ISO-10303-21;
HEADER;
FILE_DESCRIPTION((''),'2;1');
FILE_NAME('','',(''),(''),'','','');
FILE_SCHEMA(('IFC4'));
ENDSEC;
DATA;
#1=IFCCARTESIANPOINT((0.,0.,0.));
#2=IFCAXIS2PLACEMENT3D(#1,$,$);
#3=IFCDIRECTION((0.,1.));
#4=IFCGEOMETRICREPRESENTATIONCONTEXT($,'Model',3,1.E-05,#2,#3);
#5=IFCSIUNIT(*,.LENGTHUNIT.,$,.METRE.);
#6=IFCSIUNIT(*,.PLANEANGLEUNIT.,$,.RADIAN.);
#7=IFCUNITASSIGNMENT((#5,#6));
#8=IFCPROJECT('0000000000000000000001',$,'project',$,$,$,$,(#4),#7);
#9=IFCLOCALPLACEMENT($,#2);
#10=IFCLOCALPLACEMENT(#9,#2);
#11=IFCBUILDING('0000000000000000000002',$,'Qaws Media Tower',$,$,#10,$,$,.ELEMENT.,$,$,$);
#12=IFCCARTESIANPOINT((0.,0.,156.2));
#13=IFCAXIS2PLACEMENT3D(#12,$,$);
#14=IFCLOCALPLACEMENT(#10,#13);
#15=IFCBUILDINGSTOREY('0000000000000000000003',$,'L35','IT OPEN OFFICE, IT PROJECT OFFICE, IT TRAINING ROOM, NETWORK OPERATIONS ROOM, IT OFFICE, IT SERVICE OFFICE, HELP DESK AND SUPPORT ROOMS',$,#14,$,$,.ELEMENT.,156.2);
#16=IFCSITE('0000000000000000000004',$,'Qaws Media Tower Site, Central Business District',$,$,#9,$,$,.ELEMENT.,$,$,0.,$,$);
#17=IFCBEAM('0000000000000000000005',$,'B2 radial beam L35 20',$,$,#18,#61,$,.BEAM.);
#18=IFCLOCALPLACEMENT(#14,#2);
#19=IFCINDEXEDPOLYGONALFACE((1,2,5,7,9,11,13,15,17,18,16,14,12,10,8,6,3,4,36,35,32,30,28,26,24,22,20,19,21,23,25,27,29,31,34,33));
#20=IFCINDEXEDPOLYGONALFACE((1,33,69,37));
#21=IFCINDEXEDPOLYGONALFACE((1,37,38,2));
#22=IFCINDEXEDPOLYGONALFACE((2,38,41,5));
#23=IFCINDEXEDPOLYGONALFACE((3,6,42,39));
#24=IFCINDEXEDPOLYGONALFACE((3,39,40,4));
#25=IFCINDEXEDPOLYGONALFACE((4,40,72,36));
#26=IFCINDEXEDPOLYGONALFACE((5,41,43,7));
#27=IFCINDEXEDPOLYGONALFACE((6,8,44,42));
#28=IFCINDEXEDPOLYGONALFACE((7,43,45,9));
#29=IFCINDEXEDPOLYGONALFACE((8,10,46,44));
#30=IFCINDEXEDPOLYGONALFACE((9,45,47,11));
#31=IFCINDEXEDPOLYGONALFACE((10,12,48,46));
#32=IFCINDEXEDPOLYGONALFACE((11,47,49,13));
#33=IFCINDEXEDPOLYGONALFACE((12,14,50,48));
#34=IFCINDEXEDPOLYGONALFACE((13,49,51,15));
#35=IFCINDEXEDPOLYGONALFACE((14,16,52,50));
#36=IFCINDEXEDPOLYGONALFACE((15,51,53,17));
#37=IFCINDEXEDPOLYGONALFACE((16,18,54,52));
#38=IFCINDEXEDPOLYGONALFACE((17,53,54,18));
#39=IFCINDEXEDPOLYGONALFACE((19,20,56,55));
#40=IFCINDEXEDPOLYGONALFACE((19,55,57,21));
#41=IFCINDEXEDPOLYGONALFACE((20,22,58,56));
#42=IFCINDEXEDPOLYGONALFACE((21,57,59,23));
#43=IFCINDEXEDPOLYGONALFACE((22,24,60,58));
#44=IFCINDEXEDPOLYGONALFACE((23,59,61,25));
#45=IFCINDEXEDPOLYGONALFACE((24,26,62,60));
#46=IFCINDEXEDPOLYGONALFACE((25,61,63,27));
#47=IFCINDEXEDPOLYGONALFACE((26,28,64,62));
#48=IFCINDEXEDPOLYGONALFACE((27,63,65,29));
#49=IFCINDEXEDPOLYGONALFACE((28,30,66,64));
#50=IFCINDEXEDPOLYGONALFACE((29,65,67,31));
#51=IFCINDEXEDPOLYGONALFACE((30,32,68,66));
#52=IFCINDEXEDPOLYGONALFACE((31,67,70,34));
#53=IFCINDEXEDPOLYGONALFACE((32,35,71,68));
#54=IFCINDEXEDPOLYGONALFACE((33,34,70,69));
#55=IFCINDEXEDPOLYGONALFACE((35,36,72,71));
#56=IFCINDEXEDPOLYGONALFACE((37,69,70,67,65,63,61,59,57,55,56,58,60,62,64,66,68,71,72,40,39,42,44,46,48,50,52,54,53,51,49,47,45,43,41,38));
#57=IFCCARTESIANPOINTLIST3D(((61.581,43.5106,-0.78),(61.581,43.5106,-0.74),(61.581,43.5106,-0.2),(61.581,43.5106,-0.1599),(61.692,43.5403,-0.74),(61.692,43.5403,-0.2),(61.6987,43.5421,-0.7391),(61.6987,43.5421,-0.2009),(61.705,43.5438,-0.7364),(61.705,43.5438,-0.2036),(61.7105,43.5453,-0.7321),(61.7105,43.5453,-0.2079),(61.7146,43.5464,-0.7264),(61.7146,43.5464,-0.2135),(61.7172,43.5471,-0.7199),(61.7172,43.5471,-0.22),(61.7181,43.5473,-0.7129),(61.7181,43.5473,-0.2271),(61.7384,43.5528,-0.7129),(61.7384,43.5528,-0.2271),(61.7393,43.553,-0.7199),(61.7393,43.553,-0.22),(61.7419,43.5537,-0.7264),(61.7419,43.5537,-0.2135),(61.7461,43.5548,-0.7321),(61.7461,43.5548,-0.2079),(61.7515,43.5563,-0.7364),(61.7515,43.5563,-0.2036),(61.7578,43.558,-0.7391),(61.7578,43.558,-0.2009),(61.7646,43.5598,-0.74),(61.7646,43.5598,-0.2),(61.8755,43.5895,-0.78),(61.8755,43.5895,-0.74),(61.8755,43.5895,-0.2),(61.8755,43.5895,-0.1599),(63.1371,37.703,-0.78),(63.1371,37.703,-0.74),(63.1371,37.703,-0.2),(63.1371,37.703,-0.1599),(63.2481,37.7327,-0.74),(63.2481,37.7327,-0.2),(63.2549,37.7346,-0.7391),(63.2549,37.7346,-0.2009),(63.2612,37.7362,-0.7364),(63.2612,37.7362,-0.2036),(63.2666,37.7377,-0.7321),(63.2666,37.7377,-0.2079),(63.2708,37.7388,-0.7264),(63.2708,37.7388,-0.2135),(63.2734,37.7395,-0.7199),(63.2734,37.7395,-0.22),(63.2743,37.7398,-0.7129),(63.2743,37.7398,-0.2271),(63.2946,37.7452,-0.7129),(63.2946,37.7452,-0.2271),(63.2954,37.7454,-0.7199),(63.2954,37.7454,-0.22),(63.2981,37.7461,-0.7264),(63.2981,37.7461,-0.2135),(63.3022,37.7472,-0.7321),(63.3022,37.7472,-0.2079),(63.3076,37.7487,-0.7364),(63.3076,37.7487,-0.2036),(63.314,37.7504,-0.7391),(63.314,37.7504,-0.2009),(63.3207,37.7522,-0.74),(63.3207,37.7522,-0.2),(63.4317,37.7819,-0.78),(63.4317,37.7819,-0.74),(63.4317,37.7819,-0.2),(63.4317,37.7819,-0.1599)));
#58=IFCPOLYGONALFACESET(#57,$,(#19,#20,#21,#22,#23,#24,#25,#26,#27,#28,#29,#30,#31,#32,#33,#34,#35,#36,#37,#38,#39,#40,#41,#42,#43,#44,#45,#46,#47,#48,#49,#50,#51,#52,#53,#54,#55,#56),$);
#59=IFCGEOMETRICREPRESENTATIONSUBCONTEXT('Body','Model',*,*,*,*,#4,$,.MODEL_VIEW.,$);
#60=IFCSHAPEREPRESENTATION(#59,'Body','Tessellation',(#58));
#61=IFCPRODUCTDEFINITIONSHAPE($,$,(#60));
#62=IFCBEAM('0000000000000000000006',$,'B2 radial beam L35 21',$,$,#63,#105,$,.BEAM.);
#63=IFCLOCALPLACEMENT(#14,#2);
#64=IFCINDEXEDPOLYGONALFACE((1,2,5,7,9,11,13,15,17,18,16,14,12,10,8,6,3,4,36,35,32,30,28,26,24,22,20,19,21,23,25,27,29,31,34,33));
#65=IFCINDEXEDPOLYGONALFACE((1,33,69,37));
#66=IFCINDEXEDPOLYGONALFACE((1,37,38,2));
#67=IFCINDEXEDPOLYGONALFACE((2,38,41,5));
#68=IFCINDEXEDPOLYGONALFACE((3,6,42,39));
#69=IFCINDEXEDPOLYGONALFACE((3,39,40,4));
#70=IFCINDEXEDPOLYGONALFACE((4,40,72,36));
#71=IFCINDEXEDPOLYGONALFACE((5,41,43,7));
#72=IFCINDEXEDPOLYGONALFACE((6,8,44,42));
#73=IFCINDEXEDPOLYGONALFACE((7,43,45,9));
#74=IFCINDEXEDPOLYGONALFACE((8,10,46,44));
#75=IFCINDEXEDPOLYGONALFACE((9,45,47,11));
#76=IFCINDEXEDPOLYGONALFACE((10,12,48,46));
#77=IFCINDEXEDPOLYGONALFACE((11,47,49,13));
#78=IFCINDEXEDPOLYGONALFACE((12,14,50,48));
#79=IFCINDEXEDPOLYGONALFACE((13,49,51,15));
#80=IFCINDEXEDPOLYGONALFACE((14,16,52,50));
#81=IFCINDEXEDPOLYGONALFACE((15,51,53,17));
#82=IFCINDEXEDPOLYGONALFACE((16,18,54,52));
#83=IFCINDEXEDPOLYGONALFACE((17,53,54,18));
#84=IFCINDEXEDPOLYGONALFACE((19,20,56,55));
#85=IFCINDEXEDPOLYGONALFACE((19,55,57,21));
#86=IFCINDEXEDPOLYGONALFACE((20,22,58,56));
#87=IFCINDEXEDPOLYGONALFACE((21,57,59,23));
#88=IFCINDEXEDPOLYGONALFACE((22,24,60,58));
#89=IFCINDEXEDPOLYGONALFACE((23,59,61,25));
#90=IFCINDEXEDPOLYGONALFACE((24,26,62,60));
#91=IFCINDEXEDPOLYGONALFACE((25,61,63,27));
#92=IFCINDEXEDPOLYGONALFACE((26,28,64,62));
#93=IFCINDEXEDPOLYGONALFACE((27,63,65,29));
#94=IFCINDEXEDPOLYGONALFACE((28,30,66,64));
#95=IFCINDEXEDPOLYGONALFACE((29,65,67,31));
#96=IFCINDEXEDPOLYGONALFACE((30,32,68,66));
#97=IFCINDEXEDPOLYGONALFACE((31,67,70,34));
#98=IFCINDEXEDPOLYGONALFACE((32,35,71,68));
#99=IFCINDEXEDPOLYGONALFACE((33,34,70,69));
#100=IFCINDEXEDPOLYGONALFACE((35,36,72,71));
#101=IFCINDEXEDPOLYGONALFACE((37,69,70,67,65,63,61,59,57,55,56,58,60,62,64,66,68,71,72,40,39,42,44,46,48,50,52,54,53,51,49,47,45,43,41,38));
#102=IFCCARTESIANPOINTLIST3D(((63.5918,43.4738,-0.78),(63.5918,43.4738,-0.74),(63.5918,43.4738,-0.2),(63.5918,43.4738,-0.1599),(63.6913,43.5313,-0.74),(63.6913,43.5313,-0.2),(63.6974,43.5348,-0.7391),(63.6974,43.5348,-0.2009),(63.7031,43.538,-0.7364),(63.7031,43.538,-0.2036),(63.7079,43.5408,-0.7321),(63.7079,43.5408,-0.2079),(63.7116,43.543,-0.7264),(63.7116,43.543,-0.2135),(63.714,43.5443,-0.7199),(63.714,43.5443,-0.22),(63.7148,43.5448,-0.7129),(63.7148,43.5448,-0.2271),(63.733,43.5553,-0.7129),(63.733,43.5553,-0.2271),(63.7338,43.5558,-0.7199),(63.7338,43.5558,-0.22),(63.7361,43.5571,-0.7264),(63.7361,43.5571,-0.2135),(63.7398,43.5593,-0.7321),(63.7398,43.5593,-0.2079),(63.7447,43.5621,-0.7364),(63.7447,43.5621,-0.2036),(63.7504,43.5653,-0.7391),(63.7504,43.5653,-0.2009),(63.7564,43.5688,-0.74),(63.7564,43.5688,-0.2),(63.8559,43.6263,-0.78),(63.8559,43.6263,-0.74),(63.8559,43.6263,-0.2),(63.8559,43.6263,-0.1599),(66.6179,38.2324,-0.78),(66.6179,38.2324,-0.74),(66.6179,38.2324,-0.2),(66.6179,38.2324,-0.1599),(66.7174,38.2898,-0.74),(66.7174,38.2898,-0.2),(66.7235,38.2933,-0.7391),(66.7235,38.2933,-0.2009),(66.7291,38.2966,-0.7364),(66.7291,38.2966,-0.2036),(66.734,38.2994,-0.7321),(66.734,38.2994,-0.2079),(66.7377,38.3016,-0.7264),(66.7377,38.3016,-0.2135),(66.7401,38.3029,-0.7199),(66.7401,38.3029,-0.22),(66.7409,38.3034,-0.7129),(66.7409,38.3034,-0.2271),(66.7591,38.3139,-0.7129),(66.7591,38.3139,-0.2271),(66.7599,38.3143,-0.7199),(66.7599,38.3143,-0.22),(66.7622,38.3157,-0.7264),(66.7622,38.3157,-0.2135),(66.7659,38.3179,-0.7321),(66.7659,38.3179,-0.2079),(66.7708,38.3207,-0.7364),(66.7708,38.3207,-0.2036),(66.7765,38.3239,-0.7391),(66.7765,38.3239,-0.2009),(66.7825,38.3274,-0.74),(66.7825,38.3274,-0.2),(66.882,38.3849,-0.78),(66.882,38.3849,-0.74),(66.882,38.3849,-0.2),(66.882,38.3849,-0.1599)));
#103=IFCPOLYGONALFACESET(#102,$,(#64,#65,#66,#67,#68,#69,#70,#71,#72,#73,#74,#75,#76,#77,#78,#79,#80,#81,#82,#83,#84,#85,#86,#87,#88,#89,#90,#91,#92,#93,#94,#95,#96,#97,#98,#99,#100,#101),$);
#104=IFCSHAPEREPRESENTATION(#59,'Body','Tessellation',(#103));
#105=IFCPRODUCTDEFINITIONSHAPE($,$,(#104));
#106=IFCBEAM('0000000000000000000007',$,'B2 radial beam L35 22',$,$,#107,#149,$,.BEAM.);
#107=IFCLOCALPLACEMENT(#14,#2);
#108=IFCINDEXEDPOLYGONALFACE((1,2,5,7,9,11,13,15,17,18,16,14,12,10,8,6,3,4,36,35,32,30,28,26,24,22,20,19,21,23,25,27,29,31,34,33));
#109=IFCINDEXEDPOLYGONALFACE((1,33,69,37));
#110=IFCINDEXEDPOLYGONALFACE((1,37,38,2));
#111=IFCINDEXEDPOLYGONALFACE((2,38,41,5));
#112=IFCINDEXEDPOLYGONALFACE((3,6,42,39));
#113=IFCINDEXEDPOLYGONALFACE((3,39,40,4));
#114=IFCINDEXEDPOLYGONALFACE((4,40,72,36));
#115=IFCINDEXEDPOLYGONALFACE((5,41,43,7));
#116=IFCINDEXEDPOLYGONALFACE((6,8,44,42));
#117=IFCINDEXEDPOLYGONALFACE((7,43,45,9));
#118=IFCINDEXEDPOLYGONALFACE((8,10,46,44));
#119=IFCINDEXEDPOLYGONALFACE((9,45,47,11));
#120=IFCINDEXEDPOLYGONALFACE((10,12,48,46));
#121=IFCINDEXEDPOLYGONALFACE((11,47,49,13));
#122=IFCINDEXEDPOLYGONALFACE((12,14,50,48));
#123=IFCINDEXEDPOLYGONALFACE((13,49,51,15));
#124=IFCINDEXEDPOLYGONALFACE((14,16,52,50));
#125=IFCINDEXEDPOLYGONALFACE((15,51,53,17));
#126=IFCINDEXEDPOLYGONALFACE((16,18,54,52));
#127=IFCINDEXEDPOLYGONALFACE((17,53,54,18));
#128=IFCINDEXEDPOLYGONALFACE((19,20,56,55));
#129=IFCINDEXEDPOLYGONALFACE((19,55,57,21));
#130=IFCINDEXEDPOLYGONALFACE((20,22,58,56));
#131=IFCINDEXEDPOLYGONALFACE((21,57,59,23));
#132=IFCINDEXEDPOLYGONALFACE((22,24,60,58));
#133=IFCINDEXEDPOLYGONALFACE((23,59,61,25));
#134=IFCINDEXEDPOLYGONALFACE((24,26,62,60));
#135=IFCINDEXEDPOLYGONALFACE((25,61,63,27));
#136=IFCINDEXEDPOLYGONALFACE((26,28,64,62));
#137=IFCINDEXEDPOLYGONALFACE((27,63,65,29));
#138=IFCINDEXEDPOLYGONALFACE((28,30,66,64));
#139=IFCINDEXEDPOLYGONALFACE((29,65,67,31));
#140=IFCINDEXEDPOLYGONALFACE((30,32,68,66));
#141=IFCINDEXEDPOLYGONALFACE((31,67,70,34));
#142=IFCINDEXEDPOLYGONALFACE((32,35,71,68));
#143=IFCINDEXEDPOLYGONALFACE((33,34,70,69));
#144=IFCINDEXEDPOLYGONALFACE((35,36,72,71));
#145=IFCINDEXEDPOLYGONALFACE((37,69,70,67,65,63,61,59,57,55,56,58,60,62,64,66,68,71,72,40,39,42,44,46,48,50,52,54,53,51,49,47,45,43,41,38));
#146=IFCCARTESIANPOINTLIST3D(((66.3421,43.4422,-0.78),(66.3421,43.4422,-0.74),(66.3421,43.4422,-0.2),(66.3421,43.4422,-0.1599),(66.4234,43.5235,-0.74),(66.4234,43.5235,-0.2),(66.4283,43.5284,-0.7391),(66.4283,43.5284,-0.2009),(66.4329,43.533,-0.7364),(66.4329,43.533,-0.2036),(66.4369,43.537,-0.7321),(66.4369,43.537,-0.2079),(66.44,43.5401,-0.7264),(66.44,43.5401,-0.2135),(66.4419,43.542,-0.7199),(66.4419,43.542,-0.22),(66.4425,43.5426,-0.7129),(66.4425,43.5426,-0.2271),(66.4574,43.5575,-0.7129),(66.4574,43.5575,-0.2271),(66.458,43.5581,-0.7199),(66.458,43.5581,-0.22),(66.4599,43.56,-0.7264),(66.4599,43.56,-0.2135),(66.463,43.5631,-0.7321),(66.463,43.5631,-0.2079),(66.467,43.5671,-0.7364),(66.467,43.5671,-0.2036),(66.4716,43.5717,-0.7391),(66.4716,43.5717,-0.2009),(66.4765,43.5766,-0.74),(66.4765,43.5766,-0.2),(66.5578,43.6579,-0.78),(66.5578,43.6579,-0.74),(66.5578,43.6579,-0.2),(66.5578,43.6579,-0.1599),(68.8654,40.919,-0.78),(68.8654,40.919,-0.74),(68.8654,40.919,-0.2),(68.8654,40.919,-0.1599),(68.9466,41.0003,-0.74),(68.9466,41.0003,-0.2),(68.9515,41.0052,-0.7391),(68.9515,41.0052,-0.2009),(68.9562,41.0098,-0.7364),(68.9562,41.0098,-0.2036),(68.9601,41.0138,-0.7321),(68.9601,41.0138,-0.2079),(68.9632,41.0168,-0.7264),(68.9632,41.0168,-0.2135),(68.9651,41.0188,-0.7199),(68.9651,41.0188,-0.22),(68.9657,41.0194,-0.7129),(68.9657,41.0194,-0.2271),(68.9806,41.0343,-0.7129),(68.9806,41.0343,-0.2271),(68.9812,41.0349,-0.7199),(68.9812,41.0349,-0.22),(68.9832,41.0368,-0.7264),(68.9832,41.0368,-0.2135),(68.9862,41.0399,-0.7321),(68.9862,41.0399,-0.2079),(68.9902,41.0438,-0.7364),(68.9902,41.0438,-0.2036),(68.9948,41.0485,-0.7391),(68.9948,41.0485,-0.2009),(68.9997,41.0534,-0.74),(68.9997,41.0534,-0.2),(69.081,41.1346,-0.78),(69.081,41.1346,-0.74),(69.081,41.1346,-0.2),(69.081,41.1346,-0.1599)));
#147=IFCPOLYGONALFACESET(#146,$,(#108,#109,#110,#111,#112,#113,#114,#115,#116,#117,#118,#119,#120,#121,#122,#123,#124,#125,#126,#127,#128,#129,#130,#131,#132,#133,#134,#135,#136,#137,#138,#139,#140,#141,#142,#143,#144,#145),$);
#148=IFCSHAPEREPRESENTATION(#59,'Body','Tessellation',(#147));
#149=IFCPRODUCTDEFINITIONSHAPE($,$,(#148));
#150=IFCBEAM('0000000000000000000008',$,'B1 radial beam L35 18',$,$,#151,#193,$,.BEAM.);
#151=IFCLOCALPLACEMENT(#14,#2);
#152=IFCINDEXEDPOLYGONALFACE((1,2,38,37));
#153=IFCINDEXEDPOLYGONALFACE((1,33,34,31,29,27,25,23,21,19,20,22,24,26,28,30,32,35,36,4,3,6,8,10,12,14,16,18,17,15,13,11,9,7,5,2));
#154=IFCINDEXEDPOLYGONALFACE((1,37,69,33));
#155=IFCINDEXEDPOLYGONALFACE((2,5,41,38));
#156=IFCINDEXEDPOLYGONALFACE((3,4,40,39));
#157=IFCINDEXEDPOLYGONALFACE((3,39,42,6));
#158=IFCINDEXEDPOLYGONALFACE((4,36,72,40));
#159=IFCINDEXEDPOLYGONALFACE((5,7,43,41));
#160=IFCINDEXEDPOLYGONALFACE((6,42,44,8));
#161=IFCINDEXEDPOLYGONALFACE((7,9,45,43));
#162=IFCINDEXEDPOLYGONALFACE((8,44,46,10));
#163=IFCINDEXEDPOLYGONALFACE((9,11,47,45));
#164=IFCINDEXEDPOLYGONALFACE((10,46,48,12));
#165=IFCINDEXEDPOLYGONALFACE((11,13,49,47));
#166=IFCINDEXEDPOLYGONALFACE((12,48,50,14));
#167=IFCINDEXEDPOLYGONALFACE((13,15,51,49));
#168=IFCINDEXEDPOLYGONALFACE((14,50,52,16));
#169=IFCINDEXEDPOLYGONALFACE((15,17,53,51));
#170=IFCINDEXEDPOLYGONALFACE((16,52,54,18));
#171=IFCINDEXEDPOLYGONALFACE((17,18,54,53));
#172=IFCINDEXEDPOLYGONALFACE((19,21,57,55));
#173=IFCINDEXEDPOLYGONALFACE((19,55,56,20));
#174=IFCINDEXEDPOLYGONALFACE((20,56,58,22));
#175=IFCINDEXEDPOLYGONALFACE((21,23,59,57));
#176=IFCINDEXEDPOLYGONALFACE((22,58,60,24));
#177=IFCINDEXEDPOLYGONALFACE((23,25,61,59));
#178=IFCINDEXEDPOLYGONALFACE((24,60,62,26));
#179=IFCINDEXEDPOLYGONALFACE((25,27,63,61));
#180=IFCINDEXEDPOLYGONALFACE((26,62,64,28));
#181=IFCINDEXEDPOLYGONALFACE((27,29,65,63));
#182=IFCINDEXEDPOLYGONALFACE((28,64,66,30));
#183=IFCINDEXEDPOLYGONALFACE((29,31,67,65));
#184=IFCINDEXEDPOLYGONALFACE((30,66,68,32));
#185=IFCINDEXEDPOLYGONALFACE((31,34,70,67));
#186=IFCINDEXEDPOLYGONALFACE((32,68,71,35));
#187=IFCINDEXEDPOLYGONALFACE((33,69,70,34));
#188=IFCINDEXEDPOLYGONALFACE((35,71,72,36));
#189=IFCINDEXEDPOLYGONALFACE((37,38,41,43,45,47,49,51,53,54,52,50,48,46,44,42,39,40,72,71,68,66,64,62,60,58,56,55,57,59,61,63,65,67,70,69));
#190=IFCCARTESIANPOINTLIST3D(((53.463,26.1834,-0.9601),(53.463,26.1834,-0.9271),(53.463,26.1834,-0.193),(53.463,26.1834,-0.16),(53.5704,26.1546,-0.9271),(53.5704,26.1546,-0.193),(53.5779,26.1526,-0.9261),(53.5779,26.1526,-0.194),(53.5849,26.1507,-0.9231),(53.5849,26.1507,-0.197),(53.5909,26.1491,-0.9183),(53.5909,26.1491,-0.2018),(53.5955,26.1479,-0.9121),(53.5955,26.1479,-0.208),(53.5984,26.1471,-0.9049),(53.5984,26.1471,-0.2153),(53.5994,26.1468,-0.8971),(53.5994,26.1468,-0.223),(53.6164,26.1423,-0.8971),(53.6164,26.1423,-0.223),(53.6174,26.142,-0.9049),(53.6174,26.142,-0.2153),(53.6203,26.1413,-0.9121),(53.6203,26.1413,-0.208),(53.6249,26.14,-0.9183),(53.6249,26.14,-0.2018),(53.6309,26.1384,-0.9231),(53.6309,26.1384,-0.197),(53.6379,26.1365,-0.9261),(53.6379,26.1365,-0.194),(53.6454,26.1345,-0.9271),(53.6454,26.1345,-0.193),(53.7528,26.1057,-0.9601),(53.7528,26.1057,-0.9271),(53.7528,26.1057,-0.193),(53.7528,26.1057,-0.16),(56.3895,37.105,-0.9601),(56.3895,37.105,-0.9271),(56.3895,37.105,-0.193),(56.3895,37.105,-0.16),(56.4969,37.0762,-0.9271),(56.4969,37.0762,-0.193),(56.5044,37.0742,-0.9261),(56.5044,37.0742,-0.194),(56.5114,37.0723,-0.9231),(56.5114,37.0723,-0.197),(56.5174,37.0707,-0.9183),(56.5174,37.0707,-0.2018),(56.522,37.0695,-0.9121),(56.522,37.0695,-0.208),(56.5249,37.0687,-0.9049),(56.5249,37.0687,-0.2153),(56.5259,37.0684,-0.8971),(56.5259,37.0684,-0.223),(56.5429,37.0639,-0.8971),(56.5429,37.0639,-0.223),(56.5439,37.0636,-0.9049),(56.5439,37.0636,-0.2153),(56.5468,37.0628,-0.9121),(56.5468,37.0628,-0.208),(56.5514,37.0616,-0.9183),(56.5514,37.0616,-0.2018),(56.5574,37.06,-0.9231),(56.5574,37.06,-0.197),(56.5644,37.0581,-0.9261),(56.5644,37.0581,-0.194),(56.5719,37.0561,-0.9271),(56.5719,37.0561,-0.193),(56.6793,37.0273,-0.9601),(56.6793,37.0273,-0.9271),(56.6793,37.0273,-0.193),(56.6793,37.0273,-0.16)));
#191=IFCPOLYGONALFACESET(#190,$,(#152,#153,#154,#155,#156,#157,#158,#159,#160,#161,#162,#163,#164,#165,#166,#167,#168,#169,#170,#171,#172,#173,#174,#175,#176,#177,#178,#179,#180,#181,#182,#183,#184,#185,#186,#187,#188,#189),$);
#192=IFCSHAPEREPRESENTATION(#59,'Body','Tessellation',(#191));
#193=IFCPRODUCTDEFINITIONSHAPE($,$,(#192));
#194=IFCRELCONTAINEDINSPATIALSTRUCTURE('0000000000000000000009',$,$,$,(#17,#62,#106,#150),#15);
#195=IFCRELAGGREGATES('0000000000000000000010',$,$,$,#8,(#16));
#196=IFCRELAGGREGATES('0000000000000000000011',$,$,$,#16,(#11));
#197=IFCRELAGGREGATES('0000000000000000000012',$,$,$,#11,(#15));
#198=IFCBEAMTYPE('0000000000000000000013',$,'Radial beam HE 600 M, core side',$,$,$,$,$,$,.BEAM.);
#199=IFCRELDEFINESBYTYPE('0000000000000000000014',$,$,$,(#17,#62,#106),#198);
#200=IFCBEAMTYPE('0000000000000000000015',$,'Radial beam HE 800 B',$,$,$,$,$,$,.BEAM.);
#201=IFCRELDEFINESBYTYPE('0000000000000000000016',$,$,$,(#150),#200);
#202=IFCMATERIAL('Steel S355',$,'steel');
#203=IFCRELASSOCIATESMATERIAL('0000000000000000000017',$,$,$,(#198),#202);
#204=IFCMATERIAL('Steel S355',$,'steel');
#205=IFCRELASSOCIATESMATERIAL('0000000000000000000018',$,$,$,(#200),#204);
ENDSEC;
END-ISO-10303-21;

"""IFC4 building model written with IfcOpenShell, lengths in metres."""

from ifc_helpers import new_model, si_unit, direction, frame, origin, origin_2d, place, context, subcontext, project, spatial, i_section, extrude, material, material_profile, profile_set, type_object, element, save


model = new_model("IFC4")

# Units and contexts
model_context = context("Model", 3, precision=1e-05, world=origin(), true_north=direction((0.0, 1.0)))
body_context = subcontext(model_context, "Body", "Model", "MODEL_VIEW")
ifc_project = project(units=[si_unit("LENGTHUNIT", "METRE"), si_unit("PLANEANGLEUNIT", "RADIAN")], contexts=[model_context])

# Site, building, storey
site_placement = place(None, origin())
site = spatial("IfcSite", under=ifc_project, at=site_placement, Name="Qaws Media Tower Site, Central Business District", CompositionType="ELEMENT", RefElevation=0.0)
building_placement = place(site_placement, origin())
building = spatial("IfcBuilding", under=site, at=building_placement, Name="Qaws Media Tower", CompositionType="ELEMENT")
storey_placement = place(building_placement, frame((0.0, 0.0, 156.2)))
storey = spatial("IfcBuildingStorey", under=building, at=storey_placement, Name="L35", Description="IT OPEN OFFICE, IT PROJECT OFFICE, IT TRAINING ROOM, NETWORK OPERATIONS ROOM, IT OFFICE, IT SERVICE OFFICE, HELP DESK AND SUPPORT ROOMS", CompositionType="ELEMENT", Elevation=156.2)

# Beams
ifc_material_1 = material(Name="Steel S355", Category="steel")
ifc_material_profile_1 = material_profile(ifc_material_1, i_section(OverallWidth=0.3049, OverallDepth=0.6201, WebThickness=0.021, FlangeThickness=0.04, FilletRadius=0.0271, at=origin_2d()), Name="HE 600 M")
ifc_profile_set_1 = profile_set([ifc_material_profile_1], Name="Steel S355")
beam_type_1 = type_object("IfcBeamType", Name="Radial beam HE 600 M, core side", PredefinedType="BEAM", material=ifc_profile_set_1)
beam_1_placement = place(storey_placement, frame((61.7283, 43.55, -0.47), z_axis=(0.25882, -0.965926, 0.0), x_axis=(0.965926, 0.25882, 0.0)))
element("IfcBeam", 1, at=beam_1_placement, inside=storey, type_object=beam_type_1, Name="B2 radial beam L35 20", PredefinedType="BEAM", context=body_context, shape_type="SweptSolid", body=[
    extrude(i_section(OverallWidth=0.3049, OverallDepth=0.6201, WebThickness=0.021, FlangeThickness=0.04, FilletRadius=0.0271, at=origin_2d()), origin(), (0.0, 0.0, 1.0), 6.0125),
])
beam_2_placement = place(storey_placement, frame((63.7239, 43.55, -0.47), z_axis=(0.499996, -0.866028, 0.0), x_axis=(0.866028, 0.499996, 0.0)))
element("IfcBeam", 2, at=beam_2_placement, inside=storey, type_object=beam_type_1, Name="B2 radial beam L35 21", PredefinedType="BEAM", context=body_context, shape_type="SweptSolid", body=[
    extrude(i_section(OverallWidth=0.3049, OverallDepth=0.6201, WebThickness=0.021, FlangeThickness=0.04, FilletRadius=0.0271, at=origin_2d()), origin(), (0.0, 0.0, 1.0), 6.0522),
])
beam_3_placement = place(storey_placement, frame((66.45, 43.55, -0.47), z_axis=(0.707107, -0.707107, 0.0), x_axis=(0.707107, 0.707107, 0.0)))
element("IfcBeam", 3, at=beam_3_placement, inside=storey, type_object=beam_type_1, Name="B2 radial beam L35 22", PredefinedType="BEAM", context=body_context, shape_type="SweptSolid", body=[
    extrude(i_section(OverallWidth=0.3049, OverallDepth=0.6201, WebThickness=0.021, FlangeThickness=0.04, FilletRadius=0.0271, at=origin_2d()), origin(), (0.0, 0.0, 1.0), 3.5684),
])
ifc_material_2 = material(Name="Steel S355", Category="steel")
ifc_material_profile_2 = material_profile(ifc_material_2, i_section(OverallWidth=0.3, OverallDepth=0.8, WebThickness=0.0176, FlangeThickness=0.033, FilletRadius=0.03, at=origin_2d()), Name="HE 800 B")
ifc_profile_set_2 = profile_set([ifc_material_profile_2], Name="Steel S355")
beam_type_2 = type_object("IfcBeamType", Name="Radial beam HE 800 B", PredefinedType="BEAM", material=ifc_profile_set_2)
beam_4_placement = place(storey_placement, frame((56.5344, 37.0662, -0.5601), z_axis=(-0.258825, -0.965924, 0.0), x_axis=(0.965924, -0.258825, 0.0)))
element("IfcBeam", 4, at=beam_4_placement, inside=storey, type_object=beam_type_2, Name="B1 radial beam L35 18", PredefinedType="BEAM", context=body_context, shape_type="SweptSolid", body=[
    extrude(i_section(OverallWidth=0.3, OverallDepth=0.8, WebThickness=0.0176, FlangeThickness=0.033, FilletRadius=0.03, at=origin_2d()), origin(), (0.0, 0.0, 1.0), 11.3069),
])

save(model, "model.ifc")
